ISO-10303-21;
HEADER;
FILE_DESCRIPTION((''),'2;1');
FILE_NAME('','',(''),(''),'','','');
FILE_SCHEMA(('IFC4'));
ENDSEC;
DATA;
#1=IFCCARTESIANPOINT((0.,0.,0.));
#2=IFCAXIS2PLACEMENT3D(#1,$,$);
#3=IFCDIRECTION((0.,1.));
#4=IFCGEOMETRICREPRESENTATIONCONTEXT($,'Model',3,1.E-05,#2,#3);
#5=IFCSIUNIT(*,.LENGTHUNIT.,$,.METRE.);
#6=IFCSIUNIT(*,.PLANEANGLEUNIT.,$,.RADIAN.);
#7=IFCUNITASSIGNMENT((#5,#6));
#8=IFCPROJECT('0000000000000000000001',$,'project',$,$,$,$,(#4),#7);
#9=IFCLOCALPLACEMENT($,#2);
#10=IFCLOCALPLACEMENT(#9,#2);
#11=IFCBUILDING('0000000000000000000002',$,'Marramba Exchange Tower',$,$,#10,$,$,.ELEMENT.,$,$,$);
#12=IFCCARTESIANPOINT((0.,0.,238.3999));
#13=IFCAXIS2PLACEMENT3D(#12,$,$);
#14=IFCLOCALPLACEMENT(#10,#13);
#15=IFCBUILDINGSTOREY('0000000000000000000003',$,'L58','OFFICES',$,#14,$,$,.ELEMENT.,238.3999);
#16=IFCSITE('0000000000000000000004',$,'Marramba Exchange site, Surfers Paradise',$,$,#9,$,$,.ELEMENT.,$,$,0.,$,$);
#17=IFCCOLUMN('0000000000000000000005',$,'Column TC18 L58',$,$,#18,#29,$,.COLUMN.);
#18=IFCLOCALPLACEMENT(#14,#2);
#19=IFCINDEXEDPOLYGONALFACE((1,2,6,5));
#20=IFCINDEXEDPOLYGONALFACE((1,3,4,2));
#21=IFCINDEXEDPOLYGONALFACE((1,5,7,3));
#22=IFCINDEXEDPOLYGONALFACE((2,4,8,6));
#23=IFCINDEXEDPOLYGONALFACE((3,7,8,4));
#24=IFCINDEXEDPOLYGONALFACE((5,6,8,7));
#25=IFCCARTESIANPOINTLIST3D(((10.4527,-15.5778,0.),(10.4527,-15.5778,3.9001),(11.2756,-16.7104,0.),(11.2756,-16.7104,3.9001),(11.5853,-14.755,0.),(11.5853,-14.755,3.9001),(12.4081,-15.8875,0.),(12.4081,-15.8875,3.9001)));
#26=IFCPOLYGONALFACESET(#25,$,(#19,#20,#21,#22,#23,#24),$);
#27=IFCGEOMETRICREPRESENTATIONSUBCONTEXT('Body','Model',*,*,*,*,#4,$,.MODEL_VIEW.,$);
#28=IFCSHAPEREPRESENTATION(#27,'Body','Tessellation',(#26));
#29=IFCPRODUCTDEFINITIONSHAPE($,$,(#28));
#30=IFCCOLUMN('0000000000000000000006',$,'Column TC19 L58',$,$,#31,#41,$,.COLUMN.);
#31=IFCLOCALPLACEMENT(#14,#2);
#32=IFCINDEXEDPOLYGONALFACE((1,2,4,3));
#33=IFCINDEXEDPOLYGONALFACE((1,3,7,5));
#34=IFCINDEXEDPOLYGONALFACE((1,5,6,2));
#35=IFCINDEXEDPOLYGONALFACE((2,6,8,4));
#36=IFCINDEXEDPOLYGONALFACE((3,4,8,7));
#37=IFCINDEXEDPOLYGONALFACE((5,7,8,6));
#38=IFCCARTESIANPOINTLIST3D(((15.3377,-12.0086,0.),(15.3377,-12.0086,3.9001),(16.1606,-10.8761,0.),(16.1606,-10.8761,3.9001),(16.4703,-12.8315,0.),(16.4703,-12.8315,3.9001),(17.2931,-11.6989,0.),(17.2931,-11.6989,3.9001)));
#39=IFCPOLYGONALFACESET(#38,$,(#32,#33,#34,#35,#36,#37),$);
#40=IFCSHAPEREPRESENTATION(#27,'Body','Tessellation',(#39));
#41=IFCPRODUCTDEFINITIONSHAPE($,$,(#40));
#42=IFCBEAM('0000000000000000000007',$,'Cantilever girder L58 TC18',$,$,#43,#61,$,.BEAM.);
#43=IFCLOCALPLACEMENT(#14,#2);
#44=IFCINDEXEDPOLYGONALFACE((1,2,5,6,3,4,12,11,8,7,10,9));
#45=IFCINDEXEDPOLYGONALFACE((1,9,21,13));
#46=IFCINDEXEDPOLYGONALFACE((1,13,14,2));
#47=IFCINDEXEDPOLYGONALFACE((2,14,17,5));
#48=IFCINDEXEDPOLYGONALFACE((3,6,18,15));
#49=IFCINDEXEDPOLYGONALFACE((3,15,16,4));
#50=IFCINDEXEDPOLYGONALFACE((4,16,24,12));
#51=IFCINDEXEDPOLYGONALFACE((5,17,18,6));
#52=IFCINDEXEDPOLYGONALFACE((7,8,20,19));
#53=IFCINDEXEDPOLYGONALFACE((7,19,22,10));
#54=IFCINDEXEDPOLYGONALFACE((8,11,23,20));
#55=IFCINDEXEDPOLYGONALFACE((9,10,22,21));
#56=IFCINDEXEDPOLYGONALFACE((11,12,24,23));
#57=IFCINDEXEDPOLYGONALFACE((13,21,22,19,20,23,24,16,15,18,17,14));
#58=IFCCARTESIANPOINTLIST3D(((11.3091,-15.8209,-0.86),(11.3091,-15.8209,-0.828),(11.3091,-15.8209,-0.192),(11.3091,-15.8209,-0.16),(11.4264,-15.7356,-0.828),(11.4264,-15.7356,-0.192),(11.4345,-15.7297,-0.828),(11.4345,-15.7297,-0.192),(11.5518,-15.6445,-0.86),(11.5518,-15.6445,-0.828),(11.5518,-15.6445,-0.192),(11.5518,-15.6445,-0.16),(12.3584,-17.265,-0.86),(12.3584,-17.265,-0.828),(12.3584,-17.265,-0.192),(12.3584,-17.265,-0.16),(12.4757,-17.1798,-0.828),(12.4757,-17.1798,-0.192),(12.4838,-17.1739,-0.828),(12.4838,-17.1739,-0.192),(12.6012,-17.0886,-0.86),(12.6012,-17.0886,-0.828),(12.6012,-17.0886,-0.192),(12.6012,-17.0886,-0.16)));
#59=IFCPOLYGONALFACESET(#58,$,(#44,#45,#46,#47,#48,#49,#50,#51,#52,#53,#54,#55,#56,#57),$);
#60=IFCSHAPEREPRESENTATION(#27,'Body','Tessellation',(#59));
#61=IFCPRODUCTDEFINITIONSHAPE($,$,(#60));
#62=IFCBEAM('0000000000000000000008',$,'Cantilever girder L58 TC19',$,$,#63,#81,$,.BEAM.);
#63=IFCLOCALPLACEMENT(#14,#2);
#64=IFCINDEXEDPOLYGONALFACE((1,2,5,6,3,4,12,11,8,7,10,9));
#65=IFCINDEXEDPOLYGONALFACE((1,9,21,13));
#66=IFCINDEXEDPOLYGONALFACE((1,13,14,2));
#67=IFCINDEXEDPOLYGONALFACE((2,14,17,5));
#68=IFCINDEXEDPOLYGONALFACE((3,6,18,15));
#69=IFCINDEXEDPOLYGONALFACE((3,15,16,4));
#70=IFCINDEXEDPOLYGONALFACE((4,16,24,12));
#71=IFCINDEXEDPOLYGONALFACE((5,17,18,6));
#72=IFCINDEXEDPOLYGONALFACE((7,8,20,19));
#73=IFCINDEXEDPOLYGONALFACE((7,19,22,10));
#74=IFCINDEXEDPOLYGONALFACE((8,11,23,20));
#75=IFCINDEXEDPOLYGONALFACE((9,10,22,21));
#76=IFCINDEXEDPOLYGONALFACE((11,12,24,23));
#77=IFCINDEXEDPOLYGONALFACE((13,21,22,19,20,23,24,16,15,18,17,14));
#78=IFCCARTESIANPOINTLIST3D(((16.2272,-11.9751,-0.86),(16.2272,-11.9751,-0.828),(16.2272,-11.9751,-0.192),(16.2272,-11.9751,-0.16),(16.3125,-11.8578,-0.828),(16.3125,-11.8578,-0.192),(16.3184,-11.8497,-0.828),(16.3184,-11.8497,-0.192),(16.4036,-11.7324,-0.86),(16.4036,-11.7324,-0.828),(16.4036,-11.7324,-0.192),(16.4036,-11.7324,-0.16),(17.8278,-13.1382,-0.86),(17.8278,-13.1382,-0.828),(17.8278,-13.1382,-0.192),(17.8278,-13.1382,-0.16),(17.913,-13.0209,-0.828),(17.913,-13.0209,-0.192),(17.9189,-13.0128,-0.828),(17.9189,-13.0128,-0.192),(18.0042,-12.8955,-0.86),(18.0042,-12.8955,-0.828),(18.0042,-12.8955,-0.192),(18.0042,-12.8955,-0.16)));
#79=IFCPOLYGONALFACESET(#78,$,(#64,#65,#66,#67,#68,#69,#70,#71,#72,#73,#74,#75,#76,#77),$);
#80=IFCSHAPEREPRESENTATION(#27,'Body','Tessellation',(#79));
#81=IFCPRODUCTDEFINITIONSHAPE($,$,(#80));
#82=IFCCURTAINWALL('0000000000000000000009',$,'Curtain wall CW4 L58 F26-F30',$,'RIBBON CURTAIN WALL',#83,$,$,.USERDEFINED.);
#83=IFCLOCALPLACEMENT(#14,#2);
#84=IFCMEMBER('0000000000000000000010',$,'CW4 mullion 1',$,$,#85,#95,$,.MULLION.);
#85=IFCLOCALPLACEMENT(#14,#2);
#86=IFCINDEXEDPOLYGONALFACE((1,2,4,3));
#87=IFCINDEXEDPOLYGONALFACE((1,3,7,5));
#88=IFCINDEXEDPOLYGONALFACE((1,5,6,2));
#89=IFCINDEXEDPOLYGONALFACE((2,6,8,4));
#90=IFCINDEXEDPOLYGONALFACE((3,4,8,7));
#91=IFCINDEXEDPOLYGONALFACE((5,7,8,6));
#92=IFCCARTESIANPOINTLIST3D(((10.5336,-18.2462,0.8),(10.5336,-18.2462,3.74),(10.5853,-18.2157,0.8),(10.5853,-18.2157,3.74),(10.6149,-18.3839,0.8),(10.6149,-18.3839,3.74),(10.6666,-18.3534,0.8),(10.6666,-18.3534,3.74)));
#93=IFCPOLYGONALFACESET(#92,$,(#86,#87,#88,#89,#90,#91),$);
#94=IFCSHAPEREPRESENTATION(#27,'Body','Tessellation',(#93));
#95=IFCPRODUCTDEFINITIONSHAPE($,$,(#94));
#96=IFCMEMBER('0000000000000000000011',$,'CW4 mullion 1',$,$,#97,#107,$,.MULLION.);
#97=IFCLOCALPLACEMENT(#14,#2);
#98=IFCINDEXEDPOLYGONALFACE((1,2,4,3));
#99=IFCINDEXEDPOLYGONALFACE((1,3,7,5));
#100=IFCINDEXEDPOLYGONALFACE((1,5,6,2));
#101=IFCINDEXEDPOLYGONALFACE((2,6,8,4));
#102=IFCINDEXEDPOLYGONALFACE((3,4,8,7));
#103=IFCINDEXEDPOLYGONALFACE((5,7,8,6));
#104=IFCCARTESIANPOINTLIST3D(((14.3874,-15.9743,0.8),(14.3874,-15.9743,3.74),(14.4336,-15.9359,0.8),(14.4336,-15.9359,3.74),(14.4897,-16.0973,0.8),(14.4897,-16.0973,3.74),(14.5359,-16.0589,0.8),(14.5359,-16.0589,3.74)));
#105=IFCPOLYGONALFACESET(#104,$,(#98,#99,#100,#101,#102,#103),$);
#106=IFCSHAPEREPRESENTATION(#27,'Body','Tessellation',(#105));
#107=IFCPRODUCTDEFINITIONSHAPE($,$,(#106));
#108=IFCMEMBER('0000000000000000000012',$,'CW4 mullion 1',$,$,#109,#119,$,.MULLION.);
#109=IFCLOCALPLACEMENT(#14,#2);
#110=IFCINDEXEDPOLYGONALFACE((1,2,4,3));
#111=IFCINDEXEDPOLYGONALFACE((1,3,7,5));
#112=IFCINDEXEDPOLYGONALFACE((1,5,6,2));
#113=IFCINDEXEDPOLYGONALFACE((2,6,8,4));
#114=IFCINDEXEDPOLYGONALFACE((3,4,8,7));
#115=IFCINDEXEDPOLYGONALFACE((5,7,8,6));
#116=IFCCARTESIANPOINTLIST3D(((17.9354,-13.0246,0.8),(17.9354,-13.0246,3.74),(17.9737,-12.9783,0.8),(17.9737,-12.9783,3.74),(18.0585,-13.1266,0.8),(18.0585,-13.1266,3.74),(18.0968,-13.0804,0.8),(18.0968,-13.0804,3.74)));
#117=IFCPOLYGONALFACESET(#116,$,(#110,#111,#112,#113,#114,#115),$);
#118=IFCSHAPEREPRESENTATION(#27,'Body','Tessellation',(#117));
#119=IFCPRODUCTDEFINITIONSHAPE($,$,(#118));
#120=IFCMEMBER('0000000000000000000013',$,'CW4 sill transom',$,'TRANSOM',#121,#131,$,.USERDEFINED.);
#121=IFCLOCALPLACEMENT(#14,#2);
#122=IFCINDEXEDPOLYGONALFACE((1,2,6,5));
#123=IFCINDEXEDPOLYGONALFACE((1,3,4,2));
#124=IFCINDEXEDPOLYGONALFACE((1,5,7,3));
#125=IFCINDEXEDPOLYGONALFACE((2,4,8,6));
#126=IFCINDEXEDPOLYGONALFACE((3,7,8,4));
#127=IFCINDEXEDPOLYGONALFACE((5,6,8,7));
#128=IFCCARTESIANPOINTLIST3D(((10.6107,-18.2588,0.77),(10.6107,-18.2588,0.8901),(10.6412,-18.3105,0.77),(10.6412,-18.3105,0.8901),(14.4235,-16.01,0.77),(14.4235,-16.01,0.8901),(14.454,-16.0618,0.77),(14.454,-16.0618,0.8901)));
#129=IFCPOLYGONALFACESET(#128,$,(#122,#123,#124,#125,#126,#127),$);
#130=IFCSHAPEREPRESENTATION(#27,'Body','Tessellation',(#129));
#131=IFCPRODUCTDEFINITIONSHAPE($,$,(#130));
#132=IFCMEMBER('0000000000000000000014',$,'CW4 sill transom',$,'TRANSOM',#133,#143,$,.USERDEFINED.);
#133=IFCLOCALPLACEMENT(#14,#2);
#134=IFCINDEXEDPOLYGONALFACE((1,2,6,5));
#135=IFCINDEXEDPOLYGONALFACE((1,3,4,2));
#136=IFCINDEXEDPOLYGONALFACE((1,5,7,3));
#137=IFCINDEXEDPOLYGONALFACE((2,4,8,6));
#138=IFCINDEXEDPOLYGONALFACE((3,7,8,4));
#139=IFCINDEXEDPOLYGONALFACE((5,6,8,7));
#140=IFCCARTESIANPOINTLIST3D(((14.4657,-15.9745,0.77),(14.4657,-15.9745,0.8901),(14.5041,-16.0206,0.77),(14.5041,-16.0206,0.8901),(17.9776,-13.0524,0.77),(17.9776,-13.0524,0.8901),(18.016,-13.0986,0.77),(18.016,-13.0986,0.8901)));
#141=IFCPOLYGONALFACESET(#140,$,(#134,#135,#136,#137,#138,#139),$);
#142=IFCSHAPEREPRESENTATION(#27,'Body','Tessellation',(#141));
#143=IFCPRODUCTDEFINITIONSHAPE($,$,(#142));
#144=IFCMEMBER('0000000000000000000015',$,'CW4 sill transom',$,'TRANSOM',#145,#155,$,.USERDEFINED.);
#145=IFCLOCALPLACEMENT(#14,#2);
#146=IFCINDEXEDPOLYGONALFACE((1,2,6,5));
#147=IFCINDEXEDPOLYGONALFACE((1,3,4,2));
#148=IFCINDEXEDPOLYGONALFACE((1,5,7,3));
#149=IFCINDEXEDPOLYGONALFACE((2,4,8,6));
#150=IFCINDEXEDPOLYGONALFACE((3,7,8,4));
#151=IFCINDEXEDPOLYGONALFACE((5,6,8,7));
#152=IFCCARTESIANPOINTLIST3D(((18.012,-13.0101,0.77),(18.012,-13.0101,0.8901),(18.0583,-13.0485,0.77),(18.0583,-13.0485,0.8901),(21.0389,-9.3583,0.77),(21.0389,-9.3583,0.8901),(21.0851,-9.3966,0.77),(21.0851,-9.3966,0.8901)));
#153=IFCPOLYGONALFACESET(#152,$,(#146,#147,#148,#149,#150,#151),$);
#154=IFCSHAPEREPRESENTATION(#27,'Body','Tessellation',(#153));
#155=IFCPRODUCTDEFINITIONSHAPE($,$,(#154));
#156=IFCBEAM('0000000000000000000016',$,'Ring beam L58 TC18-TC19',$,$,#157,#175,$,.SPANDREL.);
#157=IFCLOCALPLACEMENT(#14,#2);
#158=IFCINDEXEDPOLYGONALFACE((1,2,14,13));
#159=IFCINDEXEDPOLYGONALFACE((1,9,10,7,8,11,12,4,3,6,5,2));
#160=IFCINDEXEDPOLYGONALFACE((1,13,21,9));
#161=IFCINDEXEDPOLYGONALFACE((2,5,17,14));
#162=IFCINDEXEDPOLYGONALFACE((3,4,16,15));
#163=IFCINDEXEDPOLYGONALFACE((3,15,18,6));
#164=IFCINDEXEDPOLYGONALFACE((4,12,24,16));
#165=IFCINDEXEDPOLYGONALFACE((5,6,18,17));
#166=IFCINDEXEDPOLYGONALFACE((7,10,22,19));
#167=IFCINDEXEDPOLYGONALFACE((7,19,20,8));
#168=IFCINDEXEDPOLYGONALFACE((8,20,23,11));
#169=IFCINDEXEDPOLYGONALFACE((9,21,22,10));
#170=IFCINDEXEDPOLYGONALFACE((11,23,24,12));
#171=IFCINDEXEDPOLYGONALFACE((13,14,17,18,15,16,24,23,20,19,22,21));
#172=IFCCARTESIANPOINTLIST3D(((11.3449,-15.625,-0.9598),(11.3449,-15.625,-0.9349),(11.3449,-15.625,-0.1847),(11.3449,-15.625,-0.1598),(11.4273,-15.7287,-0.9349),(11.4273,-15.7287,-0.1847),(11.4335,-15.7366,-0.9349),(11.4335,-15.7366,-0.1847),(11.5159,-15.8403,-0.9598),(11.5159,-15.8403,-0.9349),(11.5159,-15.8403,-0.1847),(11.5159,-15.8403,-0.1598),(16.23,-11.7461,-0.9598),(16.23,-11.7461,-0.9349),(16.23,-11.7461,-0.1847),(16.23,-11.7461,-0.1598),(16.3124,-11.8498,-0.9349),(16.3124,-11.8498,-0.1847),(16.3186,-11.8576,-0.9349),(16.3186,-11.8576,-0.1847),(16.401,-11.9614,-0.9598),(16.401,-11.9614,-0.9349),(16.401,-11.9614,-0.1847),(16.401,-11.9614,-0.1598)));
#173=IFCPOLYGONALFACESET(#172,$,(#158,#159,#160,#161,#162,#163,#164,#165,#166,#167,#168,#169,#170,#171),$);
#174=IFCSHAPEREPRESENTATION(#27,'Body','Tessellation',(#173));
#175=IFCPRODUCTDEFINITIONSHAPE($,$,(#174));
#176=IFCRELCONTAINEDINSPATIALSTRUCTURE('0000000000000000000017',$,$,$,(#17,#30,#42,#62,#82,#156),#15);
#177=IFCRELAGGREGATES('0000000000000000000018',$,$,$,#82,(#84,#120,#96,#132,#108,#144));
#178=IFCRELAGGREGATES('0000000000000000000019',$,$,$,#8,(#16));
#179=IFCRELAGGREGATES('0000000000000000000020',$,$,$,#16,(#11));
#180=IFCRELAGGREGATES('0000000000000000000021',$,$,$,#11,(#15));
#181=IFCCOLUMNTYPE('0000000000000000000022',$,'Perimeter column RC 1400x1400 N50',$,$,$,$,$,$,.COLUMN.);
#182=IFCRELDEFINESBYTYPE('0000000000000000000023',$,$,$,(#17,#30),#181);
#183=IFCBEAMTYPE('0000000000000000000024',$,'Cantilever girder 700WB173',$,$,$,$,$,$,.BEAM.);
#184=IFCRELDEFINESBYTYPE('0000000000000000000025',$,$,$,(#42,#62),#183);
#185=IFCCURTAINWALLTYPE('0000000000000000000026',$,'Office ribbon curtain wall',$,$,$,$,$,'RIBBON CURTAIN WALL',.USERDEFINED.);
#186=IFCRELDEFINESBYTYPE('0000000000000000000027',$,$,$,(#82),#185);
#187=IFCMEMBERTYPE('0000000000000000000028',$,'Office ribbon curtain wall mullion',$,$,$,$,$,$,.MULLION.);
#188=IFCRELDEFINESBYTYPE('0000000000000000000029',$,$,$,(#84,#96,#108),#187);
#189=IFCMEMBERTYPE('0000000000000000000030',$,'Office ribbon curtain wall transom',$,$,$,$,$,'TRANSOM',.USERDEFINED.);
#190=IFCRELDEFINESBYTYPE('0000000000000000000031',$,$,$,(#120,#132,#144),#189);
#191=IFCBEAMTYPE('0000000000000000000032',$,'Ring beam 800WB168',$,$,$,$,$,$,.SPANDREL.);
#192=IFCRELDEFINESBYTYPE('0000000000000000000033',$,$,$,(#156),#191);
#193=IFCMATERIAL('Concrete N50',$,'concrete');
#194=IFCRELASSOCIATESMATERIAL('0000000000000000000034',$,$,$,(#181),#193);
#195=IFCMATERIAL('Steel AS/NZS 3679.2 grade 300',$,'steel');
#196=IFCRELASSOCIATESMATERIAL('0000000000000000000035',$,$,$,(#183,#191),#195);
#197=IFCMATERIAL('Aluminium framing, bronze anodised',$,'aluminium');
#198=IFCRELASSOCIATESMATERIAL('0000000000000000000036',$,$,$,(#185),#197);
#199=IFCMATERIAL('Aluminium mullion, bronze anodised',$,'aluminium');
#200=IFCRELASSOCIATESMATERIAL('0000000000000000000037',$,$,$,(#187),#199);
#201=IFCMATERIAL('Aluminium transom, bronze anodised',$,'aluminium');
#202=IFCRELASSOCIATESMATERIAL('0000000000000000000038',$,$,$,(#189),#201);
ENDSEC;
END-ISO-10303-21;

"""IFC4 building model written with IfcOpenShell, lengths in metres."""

from ifc_helpers import new_model, si_unit, direction, frame, origin, origin_2d, place, context, subcontext, project, spatial, rectangle, i_section, extrude, material, material_profile, profile_set, type_object, element, aggregate, save


model = new_model("IFC4")

# Units and contexts
model_context = context("Model", 3, precision=1e-05, world=origin(), true_north=direction((0.0, 1.0)))
body_context = subcontext(model_context, "Body", "Model", "MODEL_VIEW")
ifc_project = project(units=[si_unit("LENGTHUNIT", "METRE"), si_unit("PLANEANGLEUNIT", "RADIAN")], contexts=[model_context])

# Site, building, storey
site_placement = place(None, origin())
site = spatial("IfcSite", under=ifc_project, at=site_placement, Name="Marramba Exchange site, Surfers Paradise", CompositionType="ELEMENT", RefElevation=0.0)
building_placement = place(site_placement, origin())
building = spatial("IfcBuilding", under=site, at=building_placement, Name="Marramba Exchange Tower", CompositionType="ELEMENT")
storey_placement = place(building_placement, frame((0.0, 0.0, 238.3999)))
storey = spatial("IfcBuildingStorey", under=building, at=storey_placement, Name="L58", Description="OFFICES", CompositionType="ELEMENT", Elevation=238.3999)

# Columns
ifc_material_1 = material(Name="Concrete N50", Category="concrete")
ifc_material_profile_1 = material_profile(ifc_material_1, rectangle(XDim=1.3999, YDim=1.3999, at=origin_2d()), Name="RC 1400x1400")
ifc_profile_set_1 = profile_set([ifc_material_profile_1], Name="Concrete N50")
column_type = type_object("IfcColumnType", Name="Perimeter column RC 1400x1400 N50", PredefinedType="COLUMN", material=ifc_profile_set_1)
for number, where, z_axis, x_axis, name in (
    (1, (11.4304, -15.7327, 0.0), (0.0, 0.0, 1.0), (0.587785, -0.809017, 0.0), "Column TC18 L58"),
    (2, (16.3154, -11.8538, 0.0), (0.0, 0.0, 1.0), (0.809017, -0.587785, 0.0), "Column TC19 L58"),
):
    element("IfcColumn", number, at=place(storey_placement, frame(where, z_axis=z_axis, x_axis=x_axis)), inside=storey, type_object=column_type, Name=name, PredefinedType="COLUMN", context=body_context, shape_type="SweptSolid", body=[
        extrude(rectangle(XDim=1.3999, YDim=1.3999, at=origin_2d()), origin(), (0.0, 0.0, 1.0), 3.9001),
    ])

# Beams
ifc_material_2 = material(Name="Steel AS/NZS 3679.2 grade 300", Category="steel")
ifc_material_profile_2 = material_profile(ifc_material_2, i_section(OverallWidth=0.3, OverallDepth=0.7, WebThickness=0.01, FlangeThickness=0.032, at=origin_2d()), Name="700WB173")
ifc_profile_set_2 = profile_set([ifc_material_profile_2], Name="Steel AS/NZS 3679.2 grade 300")
beam_type_1 = type_object("IfcBeamType", Name="Cantilever girder 700WB173", PredefinedType="BEAM", material=ifc_profile_set_2)
beam_1_placement = place(storey_placement, frame((11.4304, -15.7327, -0.51), z_axis=(0.58783, -0.808984, 0.0), x_axis=(0.808984, 0.58783, 0.0)))
element("IfcBeam", 3, at=beam_1_placement, inside=storey, type_object=beam_type_1, Name="Cantilever girder L58 TC18", PredefinedType="BEAM", context=body_context, shape_type="SweptSolid", body=[
    extrude(i_section(OverallWidth=0.3, OverallDepth=0.7, WebThickness=0.01, FlangeThickness=0.032, at=origin_2d()), origin(), (0.0, 0.0, 1.0), 1.7852),
])
beam_2_placement = place(storey_placement, frame((16.3154, -11.8538, -0.51), z_axis=(0.808971, -0.587849, 0.0), x_axis=(0.587849, 0.808971, 0.0)))
element("IfcBeam", 4, at=beam_2_placement, inside=storey, type_object=beam_type_1, Name="Cantilever girder L58 TC19", PredefinedType="BEAM", context=body_context, shape_type="SweptSolid", body=[
    extrude(i_section(OverallWidth=0.3, OverallDepth=0.7, WebThickness=0.01, FlangeThickness=0.032, at=origin_2d()), origin(), (0.0, 0.0, 1.0), 1.9785),
])

# Curtain wall, members
ifc_material_3 = material(Name="Aluminium framing, bronze anodised", Category="aluminium")
curtain_wall_type = type_object("IfcCurtainWallType", Name="Office ribbon curtain wall", ElementType="RIBBON CURTAIN WALL", PredefinedType="USERDEFINED", material=ifc_material_3)
curtain_wall_placement = place(storey_placement, origin())
curtain_wall = element("IfcCurtainWall", 5, at=curtain_wall_placement, inside=storey, type_object=curtain_wall_type, Name="Curtain wall CW4 L58 F26-F30", ObjectType="RIBBON CURTAIN WALL", PredefinedType="USERDEFINED")
ifc_material_4 = material(Name="Aluminium mullion, bronze anodised", Category="aluminium")
ifc_material_profile_3 = material_profile(ifc_material_4, rectangle(XDim=0.1599, YDim=0.0601, at=origin_2d()), Name="CW4 mullion 60x160")
ifc_profile_set_3 = profile_set([ifc_material_profile_3], Name="Aluminium mullion, bronze anodised")
member_type_1 = type_object("IfcMemberType", Name="Office ribbon curtain wall mullion", PredefinedType="MULLION", material=ifc_profile_set_3)
member_1_placement = place(storey_placement, frame((10.6001, -18.2998, 0.8), z_axis=(0.0, 0.0, 1.0), x_axis=(-0.508011, 0.861351, 0.0)))
member_1 = element("IfcMember", 6, at=member_1_placement, type_object=member_type_1, Name="CW4 mullion 1", PredefinedType="MULLION", context=body_context, shape_type="SweptSolid", body=[
    extrude(rectangle(XDim=0.1599, YDim=0.0601, at=origin_2d()), origin(), (0.0, 0.0, 1.0), 2.9399),
])
member_2_placement = place(storey_placement, frame((14.4617, -16.0166, 0.8), z_axis=(0.0, 0.0, 1.0), x_axis=(-0.639565, 0.768737, 0.0)))
member_2 = element("IfcMember", 7, at=member_2_placement, type_object=member_type_1, Name="CW4 mullion 1", PredefinedType="MULLION", context=body_context, shape_type="SweptSolid", body=[
    extrude(rectangle(XDim=0.1599, YDim=0.0601, at=origin_2d()), origin(), (0.0, 0.0, 1.0), 2.9399),
])
member_3_placement = place(storey_placement, frame((18.0161, -13.0525, 0.8), z_axis=(0.0, 0.0, 1.0), x_axis=(-0.769912, 0.63815, 0.0)))
member_3 = element("IfcMember", 8, at=member_3_placement, type_object=member_type_1, Name="CW4 mullion 1", PredefinedType="MULLION", context=body_context, shape_type="SweptSolid", body=[
    extrude(rectangle(XDim=0.1599, YDim=0.0601, at=origin_2d()), origin(), (0.0, 0.0, 1.0), 2.9399),
])
ifc_material_5 = material(Name="Aluminium transom, bronze anodised", Category="aluminium")
ifc_material_profile_4 = material_profile(ifc_material_5, rectangle(XDim=0.0601, YDim=0.1201, at=origin_2d()), Name="CW4 transom 60x120")
ifc_profile_set_4 = profile_set([ifc_material_profile_4], Name="Aluminium transom, bronze anodised")
member_type_2 = type_object("IfcMemberType", Name="Office ribbon curtain wall transom", ElementType="TRANSOM", PredefinedType="USERDEFINED", material=ifc_profile_set_4)
member_4_placement = place(storey_placement, frame((10.626, -18.2847, 0.8301), z_axis=(0.861342, 0.508025, 0.0), x_axis=(-0.508025, 0.861342, 0.0)))
member_4 = element("IfcMember", 9, at=member_4_placement, type_object=member_type_2, Name="CW4 sill transom", ObjectType="TRANSOM", PredefinedType="USERDEFINED", context=body_context, shape_type="SweptSolid", body=[
    extrude(rectangle(XDim=0.0601, YDim=0.1201, at=origin_2d()), origin(), (0.0, 0.0, 1.0), 4.4265),
])
member_5_placement = place(storey_placement, frame((14.4849, -15.9976, 0.8301), z_axis=(0.768707, 0.639601, 0.0), x_axis=(-0.639601, 0.768707, 0.0)))
member_5 = element("IfcMember", 10, at=member_5_placement, type_object=member_type_2, Name="CW4 sill transom", ObjectType="TRANSOM", PredefinedType="USERDEFINED", context=body_context, shape_type="SweptSolid", body=[
    extrude(rectangle(XDim=0.0601, YDim=0.1201, at=origin_2d()), origin(), (0.0, 0.0, 1.0), 4.5686),
])
member_6_placement = place(storey_placement, frame((18.0352, -13.0293, 0.8301), z_axis=(0.638147, 0.769915, 0.0), x_axis=(-0.769915, 0.638147, 0.0)))
member_6 = element("IfcMember", 11, at=member_6_placement, type_object=member_type_2, Name="CW4 sill transom", ObjectType="TRANSOM", PredefinedType="USERDEFINED", context=body_context, shape_type="SweptSolid", body=[
    extrude(rectangle(XDim=0.0601, YDim=0.1201, at=origin_2d()), origin(), (0.0, 0.0, 1.0), 4.7432),
])

# Beam
ifc_material_profile_5 = material_profile(ifc_material_2, i_section(OverallWidth=0.2749, OverallDepth=0.8, WebThickness=0.01, FlangeThickness=0.0249, at=origin_2d()), Name="800WB168")
ifc_profile_set_5 = profile_set([ifc_material_profile_5], Name="Steel AS/NZS 3679.2 grade 300")
beam_type_2 = type_object("IfcBeamType", Name="Ring beam 800WB168", PredefinedType="SPANDREL", material=ifc_profile_set_5)
beam_3_placement = place(storey_placement, frame((11.4304, -15.7327, -0.5598), z_axis=(0.783139, 0.621846, 0.0), x_axis=(-0.621846, 0.783139, 0.0)))
element("IfcBeam", 12, at=beam_3_placement, inside=storey, type_object=beam_type_2, Name="Ring beam L58 TC18-TC19", PredefinedType="SPANDREL", context=body_context, shape_type="SweptSolid", body=[
    extrude(i_section(OverallWidth=0.2749, OverallDepth=0.8, WebThickness=0.01, FlangeThickness=0.0249, at=origin_2d()), origin(), (0.0, 0.0, 1.0), 6.2378),
])

aggregate(curtain_wall, [member_1, member_4, member_2, member_5, member_3, member_6])

save(model, "model.ifc")
